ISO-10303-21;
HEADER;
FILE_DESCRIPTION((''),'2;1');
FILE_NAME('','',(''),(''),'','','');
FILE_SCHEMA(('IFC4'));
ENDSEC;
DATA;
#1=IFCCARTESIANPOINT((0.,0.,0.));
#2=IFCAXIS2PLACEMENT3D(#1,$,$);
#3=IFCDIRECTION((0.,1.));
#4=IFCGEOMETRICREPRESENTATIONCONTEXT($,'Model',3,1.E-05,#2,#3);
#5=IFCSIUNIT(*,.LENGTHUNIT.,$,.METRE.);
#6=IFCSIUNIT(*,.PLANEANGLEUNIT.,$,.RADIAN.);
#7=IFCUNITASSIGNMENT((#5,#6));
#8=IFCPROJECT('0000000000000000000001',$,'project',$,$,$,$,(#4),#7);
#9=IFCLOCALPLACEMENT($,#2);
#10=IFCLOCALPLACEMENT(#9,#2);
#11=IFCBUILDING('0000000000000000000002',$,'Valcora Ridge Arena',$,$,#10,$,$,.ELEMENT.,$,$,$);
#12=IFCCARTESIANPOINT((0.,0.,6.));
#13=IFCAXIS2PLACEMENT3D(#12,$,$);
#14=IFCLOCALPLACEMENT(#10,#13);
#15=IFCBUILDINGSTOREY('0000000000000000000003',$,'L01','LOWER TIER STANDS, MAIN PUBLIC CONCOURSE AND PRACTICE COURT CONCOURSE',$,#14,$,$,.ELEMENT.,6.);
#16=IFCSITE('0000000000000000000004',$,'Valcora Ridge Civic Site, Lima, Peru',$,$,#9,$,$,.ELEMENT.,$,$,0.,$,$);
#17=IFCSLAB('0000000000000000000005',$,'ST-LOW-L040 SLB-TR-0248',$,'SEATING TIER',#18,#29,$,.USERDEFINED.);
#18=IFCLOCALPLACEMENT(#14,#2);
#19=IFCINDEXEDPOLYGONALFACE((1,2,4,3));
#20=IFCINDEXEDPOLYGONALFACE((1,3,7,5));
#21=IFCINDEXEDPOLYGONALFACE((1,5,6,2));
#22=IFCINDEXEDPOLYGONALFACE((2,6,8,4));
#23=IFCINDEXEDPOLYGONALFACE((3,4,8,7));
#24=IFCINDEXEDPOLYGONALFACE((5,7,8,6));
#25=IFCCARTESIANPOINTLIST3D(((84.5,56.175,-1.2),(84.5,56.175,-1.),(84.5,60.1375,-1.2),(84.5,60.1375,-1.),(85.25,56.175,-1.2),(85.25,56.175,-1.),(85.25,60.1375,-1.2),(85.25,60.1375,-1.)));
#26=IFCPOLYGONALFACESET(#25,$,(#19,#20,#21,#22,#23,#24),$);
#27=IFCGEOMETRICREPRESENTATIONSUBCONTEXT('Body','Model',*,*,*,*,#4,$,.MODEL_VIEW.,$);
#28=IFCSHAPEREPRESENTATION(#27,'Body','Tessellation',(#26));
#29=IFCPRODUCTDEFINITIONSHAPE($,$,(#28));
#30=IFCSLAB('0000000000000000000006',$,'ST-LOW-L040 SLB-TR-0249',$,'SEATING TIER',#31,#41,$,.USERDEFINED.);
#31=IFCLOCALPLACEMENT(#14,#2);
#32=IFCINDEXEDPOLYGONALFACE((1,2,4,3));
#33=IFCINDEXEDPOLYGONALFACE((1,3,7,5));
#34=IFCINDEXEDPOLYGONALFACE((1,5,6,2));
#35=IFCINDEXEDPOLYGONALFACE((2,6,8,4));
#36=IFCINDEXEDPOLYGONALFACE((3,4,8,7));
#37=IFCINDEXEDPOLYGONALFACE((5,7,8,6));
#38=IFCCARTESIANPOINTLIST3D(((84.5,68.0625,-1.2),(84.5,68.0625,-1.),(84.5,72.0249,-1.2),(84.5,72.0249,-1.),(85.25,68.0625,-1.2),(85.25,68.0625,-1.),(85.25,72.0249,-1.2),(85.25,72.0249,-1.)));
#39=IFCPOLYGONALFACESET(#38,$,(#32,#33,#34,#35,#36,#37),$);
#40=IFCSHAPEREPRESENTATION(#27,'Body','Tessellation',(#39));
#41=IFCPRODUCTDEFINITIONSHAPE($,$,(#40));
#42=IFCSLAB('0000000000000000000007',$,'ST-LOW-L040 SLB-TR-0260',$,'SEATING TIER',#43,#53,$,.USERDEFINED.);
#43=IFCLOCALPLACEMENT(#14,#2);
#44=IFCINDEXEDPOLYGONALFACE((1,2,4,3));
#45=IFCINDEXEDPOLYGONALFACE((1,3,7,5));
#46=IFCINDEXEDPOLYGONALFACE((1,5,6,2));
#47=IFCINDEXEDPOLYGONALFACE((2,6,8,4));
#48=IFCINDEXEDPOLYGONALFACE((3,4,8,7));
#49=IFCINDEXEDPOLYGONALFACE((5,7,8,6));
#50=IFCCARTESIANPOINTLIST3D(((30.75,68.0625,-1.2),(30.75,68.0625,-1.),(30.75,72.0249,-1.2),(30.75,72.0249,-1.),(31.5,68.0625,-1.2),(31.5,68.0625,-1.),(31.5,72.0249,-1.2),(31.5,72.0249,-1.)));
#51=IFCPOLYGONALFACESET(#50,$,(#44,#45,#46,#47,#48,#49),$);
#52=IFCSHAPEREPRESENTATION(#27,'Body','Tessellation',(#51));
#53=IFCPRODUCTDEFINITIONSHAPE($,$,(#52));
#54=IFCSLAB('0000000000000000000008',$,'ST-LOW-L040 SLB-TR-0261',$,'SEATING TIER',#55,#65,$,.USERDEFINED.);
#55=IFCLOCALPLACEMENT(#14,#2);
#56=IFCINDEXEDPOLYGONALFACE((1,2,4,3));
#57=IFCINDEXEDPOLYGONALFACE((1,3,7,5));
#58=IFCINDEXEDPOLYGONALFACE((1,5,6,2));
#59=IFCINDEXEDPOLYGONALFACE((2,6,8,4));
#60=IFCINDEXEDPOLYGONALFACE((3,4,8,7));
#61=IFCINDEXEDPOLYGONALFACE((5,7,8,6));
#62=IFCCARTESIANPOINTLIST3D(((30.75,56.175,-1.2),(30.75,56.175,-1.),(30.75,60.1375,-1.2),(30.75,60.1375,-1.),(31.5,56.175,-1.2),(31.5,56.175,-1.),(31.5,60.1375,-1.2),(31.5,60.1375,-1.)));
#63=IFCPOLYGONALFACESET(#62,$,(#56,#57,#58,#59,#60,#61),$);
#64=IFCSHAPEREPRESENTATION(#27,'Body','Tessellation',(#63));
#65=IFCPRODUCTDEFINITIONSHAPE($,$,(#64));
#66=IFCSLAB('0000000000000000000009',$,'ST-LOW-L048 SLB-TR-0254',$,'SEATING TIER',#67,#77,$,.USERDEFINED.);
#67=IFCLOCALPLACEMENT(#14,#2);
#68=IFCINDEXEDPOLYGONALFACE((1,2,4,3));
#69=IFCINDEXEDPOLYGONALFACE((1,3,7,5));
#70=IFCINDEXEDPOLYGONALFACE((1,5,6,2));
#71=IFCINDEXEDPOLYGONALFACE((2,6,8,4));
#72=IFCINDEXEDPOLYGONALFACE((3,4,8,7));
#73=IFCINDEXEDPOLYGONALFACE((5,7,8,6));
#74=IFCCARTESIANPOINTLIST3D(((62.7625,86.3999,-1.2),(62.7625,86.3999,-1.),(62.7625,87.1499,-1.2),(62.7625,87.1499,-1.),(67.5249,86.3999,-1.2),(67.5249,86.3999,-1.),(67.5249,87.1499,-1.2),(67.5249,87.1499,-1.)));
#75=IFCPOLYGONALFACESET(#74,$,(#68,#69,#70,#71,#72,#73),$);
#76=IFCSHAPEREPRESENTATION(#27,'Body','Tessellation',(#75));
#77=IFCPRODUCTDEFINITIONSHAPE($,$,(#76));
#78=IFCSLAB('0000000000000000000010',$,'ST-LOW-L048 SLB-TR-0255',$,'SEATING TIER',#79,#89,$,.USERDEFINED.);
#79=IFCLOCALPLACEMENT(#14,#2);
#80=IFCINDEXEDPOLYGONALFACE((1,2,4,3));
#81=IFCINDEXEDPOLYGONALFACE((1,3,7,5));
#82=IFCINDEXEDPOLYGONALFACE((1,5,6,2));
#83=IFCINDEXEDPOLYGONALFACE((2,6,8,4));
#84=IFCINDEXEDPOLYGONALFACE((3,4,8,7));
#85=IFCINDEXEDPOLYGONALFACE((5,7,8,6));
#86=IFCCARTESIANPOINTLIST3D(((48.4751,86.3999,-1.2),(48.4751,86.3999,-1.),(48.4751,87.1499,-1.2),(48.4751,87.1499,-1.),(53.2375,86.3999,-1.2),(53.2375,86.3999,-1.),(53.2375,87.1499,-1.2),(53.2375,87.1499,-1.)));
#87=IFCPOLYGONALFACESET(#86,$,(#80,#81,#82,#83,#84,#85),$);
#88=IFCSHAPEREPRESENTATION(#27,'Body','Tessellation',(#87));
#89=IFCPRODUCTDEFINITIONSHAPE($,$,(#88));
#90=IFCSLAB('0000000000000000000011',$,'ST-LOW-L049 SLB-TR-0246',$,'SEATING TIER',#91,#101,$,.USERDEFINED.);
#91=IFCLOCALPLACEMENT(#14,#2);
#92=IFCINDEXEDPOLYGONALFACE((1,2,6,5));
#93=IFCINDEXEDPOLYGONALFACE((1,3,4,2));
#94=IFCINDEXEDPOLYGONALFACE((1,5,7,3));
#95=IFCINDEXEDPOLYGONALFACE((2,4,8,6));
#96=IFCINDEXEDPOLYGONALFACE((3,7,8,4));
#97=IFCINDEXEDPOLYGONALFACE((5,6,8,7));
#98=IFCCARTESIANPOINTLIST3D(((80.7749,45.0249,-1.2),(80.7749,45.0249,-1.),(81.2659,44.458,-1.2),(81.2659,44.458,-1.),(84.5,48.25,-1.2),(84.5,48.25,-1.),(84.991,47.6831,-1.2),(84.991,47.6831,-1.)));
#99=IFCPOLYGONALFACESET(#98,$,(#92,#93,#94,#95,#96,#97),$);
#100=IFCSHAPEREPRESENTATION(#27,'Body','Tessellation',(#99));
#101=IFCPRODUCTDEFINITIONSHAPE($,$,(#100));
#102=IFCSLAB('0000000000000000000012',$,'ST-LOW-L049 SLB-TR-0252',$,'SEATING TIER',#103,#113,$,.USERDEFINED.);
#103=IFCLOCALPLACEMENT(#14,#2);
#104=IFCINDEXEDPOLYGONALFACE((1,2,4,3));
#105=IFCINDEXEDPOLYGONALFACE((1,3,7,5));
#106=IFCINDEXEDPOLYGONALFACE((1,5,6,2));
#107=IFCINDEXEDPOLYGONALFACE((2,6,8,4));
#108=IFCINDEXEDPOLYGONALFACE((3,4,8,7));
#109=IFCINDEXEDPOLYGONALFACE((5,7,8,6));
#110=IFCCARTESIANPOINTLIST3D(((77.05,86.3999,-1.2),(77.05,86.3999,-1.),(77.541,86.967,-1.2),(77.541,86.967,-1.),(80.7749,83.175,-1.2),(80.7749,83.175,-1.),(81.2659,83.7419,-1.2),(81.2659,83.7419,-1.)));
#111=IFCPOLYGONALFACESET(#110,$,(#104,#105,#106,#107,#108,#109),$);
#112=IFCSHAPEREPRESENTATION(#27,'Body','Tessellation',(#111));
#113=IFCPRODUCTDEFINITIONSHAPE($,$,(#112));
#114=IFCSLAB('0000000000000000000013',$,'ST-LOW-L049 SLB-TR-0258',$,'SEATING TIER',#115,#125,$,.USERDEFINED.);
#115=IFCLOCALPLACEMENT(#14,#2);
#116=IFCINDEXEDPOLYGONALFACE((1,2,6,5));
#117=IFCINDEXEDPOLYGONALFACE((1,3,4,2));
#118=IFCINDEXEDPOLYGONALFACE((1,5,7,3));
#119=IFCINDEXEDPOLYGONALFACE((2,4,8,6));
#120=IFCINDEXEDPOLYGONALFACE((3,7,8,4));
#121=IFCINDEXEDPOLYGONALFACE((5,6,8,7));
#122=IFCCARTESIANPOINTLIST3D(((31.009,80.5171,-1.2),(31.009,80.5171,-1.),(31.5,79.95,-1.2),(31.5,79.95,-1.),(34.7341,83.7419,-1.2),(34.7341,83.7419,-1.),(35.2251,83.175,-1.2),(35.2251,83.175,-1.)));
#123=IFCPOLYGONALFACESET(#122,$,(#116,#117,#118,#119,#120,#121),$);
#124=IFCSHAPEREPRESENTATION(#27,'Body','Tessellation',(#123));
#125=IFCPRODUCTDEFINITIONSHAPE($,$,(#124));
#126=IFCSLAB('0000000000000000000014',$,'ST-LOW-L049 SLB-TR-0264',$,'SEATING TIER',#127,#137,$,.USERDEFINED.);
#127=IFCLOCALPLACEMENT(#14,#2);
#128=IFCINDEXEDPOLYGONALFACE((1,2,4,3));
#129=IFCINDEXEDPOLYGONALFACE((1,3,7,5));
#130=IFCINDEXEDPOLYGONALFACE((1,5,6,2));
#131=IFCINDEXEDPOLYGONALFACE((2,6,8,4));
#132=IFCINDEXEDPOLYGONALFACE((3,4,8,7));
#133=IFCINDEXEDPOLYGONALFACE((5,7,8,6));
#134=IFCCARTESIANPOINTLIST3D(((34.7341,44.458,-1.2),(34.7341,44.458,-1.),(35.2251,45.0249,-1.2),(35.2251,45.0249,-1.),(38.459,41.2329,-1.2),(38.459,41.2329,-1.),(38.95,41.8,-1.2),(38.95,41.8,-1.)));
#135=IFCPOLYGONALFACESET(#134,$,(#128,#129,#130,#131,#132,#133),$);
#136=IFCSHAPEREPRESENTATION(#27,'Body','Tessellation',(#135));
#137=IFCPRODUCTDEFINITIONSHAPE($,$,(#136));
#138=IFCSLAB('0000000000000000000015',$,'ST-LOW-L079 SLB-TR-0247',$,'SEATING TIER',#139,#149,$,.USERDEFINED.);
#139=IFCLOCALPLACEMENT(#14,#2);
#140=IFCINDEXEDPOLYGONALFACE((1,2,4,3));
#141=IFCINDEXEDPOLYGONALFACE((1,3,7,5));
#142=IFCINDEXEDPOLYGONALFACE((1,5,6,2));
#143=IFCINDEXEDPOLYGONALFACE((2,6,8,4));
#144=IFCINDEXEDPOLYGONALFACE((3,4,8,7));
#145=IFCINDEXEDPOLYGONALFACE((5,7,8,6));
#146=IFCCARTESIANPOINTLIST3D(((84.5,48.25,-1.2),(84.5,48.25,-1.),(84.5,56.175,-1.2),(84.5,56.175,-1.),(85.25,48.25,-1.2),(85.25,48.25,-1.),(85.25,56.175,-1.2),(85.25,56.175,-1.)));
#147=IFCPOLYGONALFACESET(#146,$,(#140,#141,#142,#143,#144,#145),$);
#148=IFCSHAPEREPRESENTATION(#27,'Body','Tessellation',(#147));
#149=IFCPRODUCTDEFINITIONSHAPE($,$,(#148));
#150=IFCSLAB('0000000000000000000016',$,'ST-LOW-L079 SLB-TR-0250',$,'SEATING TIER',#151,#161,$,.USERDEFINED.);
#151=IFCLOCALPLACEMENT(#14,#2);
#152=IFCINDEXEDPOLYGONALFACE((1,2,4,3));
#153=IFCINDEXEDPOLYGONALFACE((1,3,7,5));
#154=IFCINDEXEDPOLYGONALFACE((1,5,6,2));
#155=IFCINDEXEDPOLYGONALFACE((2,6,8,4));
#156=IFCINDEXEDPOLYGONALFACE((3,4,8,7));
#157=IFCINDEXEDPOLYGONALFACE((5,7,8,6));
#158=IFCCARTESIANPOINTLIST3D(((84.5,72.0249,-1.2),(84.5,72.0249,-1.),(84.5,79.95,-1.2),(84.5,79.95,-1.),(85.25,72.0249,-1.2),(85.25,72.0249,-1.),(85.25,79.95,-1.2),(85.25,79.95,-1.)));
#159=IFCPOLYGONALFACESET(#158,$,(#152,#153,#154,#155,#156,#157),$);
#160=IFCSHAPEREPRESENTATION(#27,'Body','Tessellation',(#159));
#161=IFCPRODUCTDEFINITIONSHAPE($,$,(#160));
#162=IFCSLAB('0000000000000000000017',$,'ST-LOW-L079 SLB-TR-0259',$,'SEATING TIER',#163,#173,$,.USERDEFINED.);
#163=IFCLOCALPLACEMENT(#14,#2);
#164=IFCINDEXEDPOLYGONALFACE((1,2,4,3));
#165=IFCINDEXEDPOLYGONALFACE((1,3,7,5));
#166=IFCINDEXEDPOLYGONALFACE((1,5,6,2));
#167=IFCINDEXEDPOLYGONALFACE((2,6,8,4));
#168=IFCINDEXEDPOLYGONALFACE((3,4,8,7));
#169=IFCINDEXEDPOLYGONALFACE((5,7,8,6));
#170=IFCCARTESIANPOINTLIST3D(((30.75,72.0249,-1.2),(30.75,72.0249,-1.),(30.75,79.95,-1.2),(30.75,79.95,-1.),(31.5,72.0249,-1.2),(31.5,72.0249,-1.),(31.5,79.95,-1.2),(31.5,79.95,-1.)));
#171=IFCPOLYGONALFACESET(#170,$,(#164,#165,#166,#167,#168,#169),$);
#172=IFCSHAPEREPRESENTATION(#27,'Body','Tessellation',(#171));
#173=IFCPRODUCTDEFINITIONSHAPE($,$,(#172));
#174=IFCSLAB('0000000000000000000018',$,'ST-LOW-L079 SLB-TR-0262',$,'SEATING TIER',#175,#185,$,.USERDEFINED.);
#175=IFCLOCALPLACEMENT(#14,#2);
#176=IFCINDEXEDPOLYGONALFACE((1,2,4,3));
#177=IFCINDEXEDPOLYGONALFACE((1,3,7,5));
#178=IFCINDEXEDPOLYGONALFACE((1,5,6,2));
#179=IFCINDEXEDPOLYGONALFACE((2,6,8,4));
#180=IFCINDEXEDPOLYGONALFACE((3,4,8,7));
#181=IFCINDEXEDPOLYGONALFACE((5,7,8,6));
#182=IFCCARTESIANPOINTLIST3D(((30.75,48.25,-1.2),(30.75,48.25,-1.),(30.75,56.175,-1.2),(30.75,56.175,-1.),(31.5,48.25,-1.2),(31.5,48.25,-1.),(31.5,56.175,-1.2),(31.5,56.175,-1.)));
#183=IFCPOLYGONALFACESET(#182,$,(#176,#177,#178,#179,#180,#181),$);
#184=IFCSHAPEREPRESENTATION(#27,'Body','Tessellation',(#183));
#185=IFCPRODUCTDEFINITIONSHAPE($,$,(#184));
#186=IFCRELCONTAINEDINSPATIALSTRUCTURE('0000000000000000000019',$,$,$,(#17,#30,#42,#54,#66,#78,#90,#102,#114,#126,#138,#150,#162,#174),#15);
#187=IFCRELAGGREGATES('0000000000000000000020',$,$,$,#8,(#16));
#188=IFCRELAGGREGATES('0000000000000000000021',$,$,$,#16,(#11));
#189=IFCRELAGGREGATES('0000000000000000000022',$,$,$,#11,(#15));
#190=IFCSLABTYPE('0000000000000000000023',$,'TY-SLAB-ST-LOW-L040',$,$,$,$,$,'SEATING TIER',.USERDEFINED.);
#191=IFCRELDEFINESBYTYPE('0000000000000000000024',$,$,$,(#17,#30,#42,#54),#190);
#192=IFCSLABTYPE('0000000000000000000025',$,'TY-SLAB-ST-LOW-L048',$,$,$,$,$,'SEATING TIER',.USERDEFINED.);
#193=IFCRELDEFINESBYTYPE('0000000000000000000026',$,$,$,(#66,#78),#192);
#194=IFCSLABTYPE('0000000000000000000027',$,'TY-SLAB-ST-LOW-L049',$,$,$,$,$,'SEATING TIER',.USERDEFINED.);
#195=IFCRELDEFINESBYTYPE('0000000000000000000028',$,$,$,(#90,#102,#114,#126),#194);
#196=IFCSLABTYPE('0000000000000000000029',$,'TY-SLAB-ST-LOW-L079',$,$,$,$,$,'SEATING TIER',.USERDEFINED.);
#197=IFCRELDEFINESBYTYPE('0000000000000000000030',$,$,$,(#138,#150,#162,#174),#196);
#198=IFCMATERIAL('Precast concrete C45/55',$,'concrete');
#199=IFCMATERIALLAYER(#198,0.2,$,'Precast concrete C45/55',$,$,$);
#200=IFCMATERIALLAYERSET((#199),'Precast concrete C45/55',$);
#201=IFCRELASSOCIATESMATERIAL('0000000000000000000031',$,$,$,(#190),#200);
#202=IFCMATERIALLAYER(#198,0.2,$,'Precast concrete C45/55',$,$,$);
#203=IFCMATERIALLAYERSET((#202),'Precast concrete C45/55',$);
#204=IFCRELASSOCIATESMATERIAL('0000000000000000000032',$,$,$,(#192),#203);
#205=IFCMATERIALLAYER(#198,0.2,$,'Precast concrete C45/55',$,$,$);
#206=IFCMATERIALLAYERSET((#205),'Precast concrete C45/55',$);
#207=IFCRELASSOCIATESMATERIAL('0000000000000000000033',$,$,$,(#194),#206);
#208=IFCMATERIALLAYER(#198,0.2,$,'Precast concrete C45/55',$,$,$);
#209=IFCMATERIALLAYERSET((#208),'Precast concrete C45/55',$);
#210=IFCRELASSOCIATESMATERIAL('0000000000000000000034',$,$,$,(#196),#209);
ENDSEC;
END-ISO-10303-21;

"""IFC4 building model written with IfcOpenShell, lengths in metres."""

from ifc_helpers import new_model, si_unit, direction, frame, origin, place, context, subcontext, project, spatial, polyline, outline, extrude, material, layer, layer_set, type_object, element, save


model = new_model("IFC4")

# Units and contexts
model_context = context("Model", 3, precision=1e-05, world=origin(), true_north=direction((0.0, 1.0)))
body_context = subcontext(model_context, "Body", "Model", "MODEL_VIEW")
ifc_project = project(units=[si_unit("LENGTHUNIT", "METRE"), si_unit("PLANEANGLEUNIT", "RADIAN")], contexts=[model_context])

# Site, building, storey
site_placement = place(None, origin())
site = spatial("IfcSite", under=ifc_project, at=site_placement, Name="Valcora Ridge Civic Site, Lima, Peru", CompositionType="ELEMENT", RefElevation=0.0)
building_placement = place(site_placement, origin())
building = spatial("IfcBuilding", under=site, at=building_placement, Name="Valcora Ridge Arena", CompositionType="ELEMENT")
storey_placement = place(building_placement, frame((0.0, 0.0, 6.0)))
storey = spatial("IfcBuildingStorey", under=building, at=storey_placement, Name="L01", Description="LOWER TIER STANDS, MAIN PUBLIC CONCOURSE AND PRACTICE COURT CONCOURSE", CompositionType="ELEMENT", Elevation=6.0)

# Slabs
ifc_material = material(Name="Precast concrete C45/55", Category="concrete")
ifc_layer_1 = layer(ifc_material, 0.2, Name="Precast concrete C45/55")
ifc_layer_set_1 = layer_set([ifc_layer_1], Name="Precast concrete C45/55")
slab_type_1 = type_object("IfcSlabType", Name="TY-SLAB-ST-LOW-L040", ElementType="SEATING TIER", PredefinedType="USERDEFINED", material=ifc_layer_set_1)
slab_1_placement = place(storey_placement, frame((0.0, 0.0, -1.2)))
element("IfcSlab", 1, at=slab_1_placement, inside=storey, type_object=slab_type_1, Name="ST-LOW-L040 SLB-TR-0248", ObjectType="SEATING TIER", PredefinedType="USERDEFINED", context=body_context, shape_type="SweptSolid", body=[
    extrude(outline(polyline([(84.5, 56.175), (84.5, 60.1375), (85.25, 60.1375), (85.25, 56.175), (84.5, 56.175)])), origin(), (0.0, 0.0, 1.0), 0.2),
])
slab_2_placement = place(storey_placement, frame((0.0, 0.0, -1.2)))
element("IfcSlab", 2, at=slab_2_placement, inside=storey, type_object=slab_type_1, Name="ST-LOW-L040 SLB-TR-0249", ObjectType="SEATING TIER", PredefinedType="USERDEFINED", context=body_context, shape_type="SweptSolid", body=[
    extrude(outline(polyline([(84.5, 68.0625), (84.5, 72.0249), (85.25, 72.0249), (85.25, 68.0625), (84.5, 68.0625)])), origin(), (0.0, 0.0, 1.0), 0.2),
])
slab_3_placement = place(storey_placement, frame((0.0, 0.0, -1.2)))
element("IfcSlab", 3, at=slab_3_placement, inside=storey, type_object=slab_type_1, Name="ST-LOW-L040 SLB-TR-0260", ObjectType="SEATING TIER", PredefinedType="USERDEFINED", context=body_context, shape_type="SweptSolid", body=[
    extrude(outline(polyline([(31.5, 72.0249), (31.5, 68.0625), (30.75, 68.0625), (30.75, 72.0249), (31.5, 72.0249)])), origin(), (0.0, 0.0, 1.0), 0.2),
])
slab_4_placement = place(storey_placement, frame((0.0, 0.0, -1.2)))
element("IfcSlab", 4, at=slab_4_placement, inside=storey, type_object=slab_type_1, Name="ST-LOW-L040 SLB-TR-0261", ObjectType="SEATING TIER", PredefinedType="USERDEFINED", context=body_context, shape_type="SweptSolid", body=[
    extrude(outline(polyline([(31.5, 60.1375), (31.5, 56.175), (30.75, 56.175), (30.75, 60.1375), (31.5, 60.1375)])), origin(), (0.0, 0.0, 1.0), 0.2),
])
ifc_layer_2 = layer(ifc_material, 0.2, Name="Precast concrete C45/55")
ifc_layer_set_2 = layer_set([ifc_layer_2], Name="Precast concrete C45/55")
slab_type_2 = type_object("IfcSlabType", Name="TY-SLAB-ST-LOW-L048", ElementType="SEATING TIER", PredefinedType="USERDEFINED", material=ifc_layer_set_2)
slab_5_placement = place(storey_placement, frame((0.0, 0.0, -1.2)))
element("IfcSlab", 5, at=slab_5_placement, inside=storey, type_object=slab_type_2, Name="ST-LOW-L048 SLB-TR-0254", ObjectType="SEATING TIER", PredefinedType="USERDEFINED", context=body_context, shape_type="SweptSolid", body=[
    extrude(outline(polyline([(67.5249, 86.3999), (62.7625, 86.3999), (62.7625, 87.1499), (67.5249, 87.1499), (67.5249, 86.3999)])), origin(), (0.0, 0.0, 1.0), 0.2),
])
slab_6_placement = place(storey_placement, frame((0.0, 0.0, -1.2)))
element("IfcSlab", 6, at=slab_6_placement, inside=storey, type_object=slab_type_2, Name="ST-LOW-L048 SLB-TR-0255", ObjectType="SEATING TIER", PredefinedType="USERDEFINED", context=body_context, shape_type="SweptSolid", body=[
    extrude(outline(polyline([(53.2375, 86.3999), (48.4751, 86.3999), (48.4751, 87.1499), (53.2375, 87.1499), (53.2375, 86.3999)])), origin(), (0.0, 0.0, 1.0), 0.2),
])
ifc_layer_3 = layer(ifc_material, 0.2, Name="Precast concrete C45/55")
ifc_layer_set_3 = layer_set([ifc_layer_3], Name="Precast concrete C45/55")
slab_type_3 = type_object("IfcSlabType", Name="TY-SLAB-ST-LOW-L049", ElementType="SEATING TIER", PredefinedType="USERDEFINED", material=ifc_layer_set_3)
slab_7_placement = place(storey_placement, frame((0.0, 0.0, -1.2)))
element("IfcSlab", 7, at=slab_7_placement, inside=storey, type_object=slab_type_3, Name="ST-LOW-L049 SLB-TR-0246", ObjectType="SEATING TIER", PredefinedType="USERDEFINED", context=body_context, shape_type="SweptSolid", body=[
    extrude(outline(polyline([(80.7749, 45.0249), (84.5, 48.25), (84.991, 47.6831), (81.2659, 44.458), (80.7749, 45.0249)])), origin(), (0.0, 0.0, 1.0), 0.2),
])
slab_8_placement = place(storey_placement, frame((0.0, 0.0, -1.2)))
element("IfcSlab", 8, at=slab_8_placement, inside=storey, type_object=slab_type_3, Name="ST-LOW-L049 SLB-TR-0252", ObjectType="SEATING TIER", PredefinedType="USERDEFINED", context=body_context, shape_type="SweptSolid", body=[
    extrude(outline(polyline([(80.7749, 83.175), (77.05, 86.3999), (77.541, 86.967), (81.2659, 83.7419), (80.7749, 83.175)])), origin(), (0.0, 0.0, 1.0), 0.2),
])
slab_9_placement = place(storey_placement, frame((0.0, 0.0, -1.2)))
element("IfcSlab", 9, at=slab_9_placement, inside=storey, type_object=slab_type_3, Name="ST-LOW-L049 SLB-TR-0258", ObjectType="SEATING TIER", PredefinedType="USERDEFINED", context=body_context, shape_type="SweptSolid", body=[
    extrude(outline(polyline([(35.2251, 83.175), (31.5, 79.95), (31.009, 80.5171), (34.7341, 83.7419), (35.2251, 83.175)])), origin(), (0.0, 0.0, 1.0), 0.2),
])
slab_10_placement = place(storey_placement, frame((0.0, 0.0, -1.2)))
element("IfcSlab", 10, at=slab_10_placement, inside=storey, type_object=slab_type_3, Name="ST-LOW-L049 SLB-TR-0264", ObjectType="SEATING TIER", PredefinedType="USERDEFINED", context=body_context, shape_type="SweptSolid", body=[
    extrude(outline(polyline([(35.2251, 45.0249), (38.95, 41.8), (38.459, 41.2329), (34.7341, 44.458), (35.2251, 45.0249)])), origin(), (0.0, 0.0, 1.0), 0.2),
])
ifc_layer_4 = layer(ifc_material, 0.2, Name="Precast concrete C45/55")
ifc_layer_set_4 = layer_set([ifc_layer_4], Name="Precast concrete C45/55")
slab_type_4 = type_object("IfcSlabType", Name="TY-SLAB-ST-LOW-L079", ElementType="SEATING TIER", PredefinedType="USERDEFINED", material=ifc_layer_set_4)
slab_11_placement = place(storey_placement, frame((0.0, 0.0, -1.2)))
element("IfcSlab", 11, at=slab_11_placement, inside=storey, type_object=slab_type_4, Name="ST-LOW-L079 SLB-TR-0247", ObjectType="SEATING TIER", PredefinedType="USERDEFINED", context=body_context, shape_type="SweptSolid", body=[
    extrude(outline(polyline([(84.5, 48.25), (84.5, 56.175), (85.25, 56.175), (85.25, 48.25), (84.5, 48.25)])), origin(), (0.0, 0.0, 1.0), 0.2),
])
slab_12_placement = place(storey_placement, frame((0.0, 0.0, -1.2)))
element("IfcSlab", 12, at=slab_12_placement, inside=storey, type_object=slab_type_4, Name="ST-LOW-L079 SLB-TR-0250", ObjectType="SEATING TIER", PredefinedType="USERDEFINED", context=body_context, shape_type="SweptSolid", body=[
    extrude(outline(polyline([(84.5, 72.0249), (84.5, 79.95), (85.25, 79.95), (85.25, 72.0249), (84.5, 72.0249)])), origin(), (0.0, 0.0, 1.0), 0.2),
])
slab_13_placement = place(storey_placement, frame((0.0, 0.0, -1.2)))
element("IfcSlab", 13, at=slab_13_placement, inside=storey, type_object=slab_type_4, Name="ST-LOW-L079 SLB-TR-0259", ObjectType="SEATING TIER", PredefinedType="USERDEFINED", context=body_context, shape_type="SweptSolid", body=[
    extrude(outline(polyline([(31.5, 79.95), (31.5, 72.0249), (30.75, 72.0249), (30.75, 79.95), (31.5, 79.95)])), origin(), (0.0, 0.0, 1.0), 0.2),
])
slab_14_placement = place(storey_placement, frame((0.0, 0.0, -1.2)))
element("IfcSlab", 14, at=slab_14_placement, inside=storey, type_object=slab_type_4, Name="ST-LOW-L079 SLB-TR-0262", ObjectType="SEATING TIER", PredefinedType="USERDEFINED", context=body_context, shape_type="SweptSolid", body=[
    extrude(outline(polyline([(31.5, 56.175), (31.5, 48.25), (30.75, 48.25), (30.75, 56.175), (31.5, 56.175)])), origin(), (0.0, 0.0, 1.0), 0.2),
])

save(model, "model.ifc")
